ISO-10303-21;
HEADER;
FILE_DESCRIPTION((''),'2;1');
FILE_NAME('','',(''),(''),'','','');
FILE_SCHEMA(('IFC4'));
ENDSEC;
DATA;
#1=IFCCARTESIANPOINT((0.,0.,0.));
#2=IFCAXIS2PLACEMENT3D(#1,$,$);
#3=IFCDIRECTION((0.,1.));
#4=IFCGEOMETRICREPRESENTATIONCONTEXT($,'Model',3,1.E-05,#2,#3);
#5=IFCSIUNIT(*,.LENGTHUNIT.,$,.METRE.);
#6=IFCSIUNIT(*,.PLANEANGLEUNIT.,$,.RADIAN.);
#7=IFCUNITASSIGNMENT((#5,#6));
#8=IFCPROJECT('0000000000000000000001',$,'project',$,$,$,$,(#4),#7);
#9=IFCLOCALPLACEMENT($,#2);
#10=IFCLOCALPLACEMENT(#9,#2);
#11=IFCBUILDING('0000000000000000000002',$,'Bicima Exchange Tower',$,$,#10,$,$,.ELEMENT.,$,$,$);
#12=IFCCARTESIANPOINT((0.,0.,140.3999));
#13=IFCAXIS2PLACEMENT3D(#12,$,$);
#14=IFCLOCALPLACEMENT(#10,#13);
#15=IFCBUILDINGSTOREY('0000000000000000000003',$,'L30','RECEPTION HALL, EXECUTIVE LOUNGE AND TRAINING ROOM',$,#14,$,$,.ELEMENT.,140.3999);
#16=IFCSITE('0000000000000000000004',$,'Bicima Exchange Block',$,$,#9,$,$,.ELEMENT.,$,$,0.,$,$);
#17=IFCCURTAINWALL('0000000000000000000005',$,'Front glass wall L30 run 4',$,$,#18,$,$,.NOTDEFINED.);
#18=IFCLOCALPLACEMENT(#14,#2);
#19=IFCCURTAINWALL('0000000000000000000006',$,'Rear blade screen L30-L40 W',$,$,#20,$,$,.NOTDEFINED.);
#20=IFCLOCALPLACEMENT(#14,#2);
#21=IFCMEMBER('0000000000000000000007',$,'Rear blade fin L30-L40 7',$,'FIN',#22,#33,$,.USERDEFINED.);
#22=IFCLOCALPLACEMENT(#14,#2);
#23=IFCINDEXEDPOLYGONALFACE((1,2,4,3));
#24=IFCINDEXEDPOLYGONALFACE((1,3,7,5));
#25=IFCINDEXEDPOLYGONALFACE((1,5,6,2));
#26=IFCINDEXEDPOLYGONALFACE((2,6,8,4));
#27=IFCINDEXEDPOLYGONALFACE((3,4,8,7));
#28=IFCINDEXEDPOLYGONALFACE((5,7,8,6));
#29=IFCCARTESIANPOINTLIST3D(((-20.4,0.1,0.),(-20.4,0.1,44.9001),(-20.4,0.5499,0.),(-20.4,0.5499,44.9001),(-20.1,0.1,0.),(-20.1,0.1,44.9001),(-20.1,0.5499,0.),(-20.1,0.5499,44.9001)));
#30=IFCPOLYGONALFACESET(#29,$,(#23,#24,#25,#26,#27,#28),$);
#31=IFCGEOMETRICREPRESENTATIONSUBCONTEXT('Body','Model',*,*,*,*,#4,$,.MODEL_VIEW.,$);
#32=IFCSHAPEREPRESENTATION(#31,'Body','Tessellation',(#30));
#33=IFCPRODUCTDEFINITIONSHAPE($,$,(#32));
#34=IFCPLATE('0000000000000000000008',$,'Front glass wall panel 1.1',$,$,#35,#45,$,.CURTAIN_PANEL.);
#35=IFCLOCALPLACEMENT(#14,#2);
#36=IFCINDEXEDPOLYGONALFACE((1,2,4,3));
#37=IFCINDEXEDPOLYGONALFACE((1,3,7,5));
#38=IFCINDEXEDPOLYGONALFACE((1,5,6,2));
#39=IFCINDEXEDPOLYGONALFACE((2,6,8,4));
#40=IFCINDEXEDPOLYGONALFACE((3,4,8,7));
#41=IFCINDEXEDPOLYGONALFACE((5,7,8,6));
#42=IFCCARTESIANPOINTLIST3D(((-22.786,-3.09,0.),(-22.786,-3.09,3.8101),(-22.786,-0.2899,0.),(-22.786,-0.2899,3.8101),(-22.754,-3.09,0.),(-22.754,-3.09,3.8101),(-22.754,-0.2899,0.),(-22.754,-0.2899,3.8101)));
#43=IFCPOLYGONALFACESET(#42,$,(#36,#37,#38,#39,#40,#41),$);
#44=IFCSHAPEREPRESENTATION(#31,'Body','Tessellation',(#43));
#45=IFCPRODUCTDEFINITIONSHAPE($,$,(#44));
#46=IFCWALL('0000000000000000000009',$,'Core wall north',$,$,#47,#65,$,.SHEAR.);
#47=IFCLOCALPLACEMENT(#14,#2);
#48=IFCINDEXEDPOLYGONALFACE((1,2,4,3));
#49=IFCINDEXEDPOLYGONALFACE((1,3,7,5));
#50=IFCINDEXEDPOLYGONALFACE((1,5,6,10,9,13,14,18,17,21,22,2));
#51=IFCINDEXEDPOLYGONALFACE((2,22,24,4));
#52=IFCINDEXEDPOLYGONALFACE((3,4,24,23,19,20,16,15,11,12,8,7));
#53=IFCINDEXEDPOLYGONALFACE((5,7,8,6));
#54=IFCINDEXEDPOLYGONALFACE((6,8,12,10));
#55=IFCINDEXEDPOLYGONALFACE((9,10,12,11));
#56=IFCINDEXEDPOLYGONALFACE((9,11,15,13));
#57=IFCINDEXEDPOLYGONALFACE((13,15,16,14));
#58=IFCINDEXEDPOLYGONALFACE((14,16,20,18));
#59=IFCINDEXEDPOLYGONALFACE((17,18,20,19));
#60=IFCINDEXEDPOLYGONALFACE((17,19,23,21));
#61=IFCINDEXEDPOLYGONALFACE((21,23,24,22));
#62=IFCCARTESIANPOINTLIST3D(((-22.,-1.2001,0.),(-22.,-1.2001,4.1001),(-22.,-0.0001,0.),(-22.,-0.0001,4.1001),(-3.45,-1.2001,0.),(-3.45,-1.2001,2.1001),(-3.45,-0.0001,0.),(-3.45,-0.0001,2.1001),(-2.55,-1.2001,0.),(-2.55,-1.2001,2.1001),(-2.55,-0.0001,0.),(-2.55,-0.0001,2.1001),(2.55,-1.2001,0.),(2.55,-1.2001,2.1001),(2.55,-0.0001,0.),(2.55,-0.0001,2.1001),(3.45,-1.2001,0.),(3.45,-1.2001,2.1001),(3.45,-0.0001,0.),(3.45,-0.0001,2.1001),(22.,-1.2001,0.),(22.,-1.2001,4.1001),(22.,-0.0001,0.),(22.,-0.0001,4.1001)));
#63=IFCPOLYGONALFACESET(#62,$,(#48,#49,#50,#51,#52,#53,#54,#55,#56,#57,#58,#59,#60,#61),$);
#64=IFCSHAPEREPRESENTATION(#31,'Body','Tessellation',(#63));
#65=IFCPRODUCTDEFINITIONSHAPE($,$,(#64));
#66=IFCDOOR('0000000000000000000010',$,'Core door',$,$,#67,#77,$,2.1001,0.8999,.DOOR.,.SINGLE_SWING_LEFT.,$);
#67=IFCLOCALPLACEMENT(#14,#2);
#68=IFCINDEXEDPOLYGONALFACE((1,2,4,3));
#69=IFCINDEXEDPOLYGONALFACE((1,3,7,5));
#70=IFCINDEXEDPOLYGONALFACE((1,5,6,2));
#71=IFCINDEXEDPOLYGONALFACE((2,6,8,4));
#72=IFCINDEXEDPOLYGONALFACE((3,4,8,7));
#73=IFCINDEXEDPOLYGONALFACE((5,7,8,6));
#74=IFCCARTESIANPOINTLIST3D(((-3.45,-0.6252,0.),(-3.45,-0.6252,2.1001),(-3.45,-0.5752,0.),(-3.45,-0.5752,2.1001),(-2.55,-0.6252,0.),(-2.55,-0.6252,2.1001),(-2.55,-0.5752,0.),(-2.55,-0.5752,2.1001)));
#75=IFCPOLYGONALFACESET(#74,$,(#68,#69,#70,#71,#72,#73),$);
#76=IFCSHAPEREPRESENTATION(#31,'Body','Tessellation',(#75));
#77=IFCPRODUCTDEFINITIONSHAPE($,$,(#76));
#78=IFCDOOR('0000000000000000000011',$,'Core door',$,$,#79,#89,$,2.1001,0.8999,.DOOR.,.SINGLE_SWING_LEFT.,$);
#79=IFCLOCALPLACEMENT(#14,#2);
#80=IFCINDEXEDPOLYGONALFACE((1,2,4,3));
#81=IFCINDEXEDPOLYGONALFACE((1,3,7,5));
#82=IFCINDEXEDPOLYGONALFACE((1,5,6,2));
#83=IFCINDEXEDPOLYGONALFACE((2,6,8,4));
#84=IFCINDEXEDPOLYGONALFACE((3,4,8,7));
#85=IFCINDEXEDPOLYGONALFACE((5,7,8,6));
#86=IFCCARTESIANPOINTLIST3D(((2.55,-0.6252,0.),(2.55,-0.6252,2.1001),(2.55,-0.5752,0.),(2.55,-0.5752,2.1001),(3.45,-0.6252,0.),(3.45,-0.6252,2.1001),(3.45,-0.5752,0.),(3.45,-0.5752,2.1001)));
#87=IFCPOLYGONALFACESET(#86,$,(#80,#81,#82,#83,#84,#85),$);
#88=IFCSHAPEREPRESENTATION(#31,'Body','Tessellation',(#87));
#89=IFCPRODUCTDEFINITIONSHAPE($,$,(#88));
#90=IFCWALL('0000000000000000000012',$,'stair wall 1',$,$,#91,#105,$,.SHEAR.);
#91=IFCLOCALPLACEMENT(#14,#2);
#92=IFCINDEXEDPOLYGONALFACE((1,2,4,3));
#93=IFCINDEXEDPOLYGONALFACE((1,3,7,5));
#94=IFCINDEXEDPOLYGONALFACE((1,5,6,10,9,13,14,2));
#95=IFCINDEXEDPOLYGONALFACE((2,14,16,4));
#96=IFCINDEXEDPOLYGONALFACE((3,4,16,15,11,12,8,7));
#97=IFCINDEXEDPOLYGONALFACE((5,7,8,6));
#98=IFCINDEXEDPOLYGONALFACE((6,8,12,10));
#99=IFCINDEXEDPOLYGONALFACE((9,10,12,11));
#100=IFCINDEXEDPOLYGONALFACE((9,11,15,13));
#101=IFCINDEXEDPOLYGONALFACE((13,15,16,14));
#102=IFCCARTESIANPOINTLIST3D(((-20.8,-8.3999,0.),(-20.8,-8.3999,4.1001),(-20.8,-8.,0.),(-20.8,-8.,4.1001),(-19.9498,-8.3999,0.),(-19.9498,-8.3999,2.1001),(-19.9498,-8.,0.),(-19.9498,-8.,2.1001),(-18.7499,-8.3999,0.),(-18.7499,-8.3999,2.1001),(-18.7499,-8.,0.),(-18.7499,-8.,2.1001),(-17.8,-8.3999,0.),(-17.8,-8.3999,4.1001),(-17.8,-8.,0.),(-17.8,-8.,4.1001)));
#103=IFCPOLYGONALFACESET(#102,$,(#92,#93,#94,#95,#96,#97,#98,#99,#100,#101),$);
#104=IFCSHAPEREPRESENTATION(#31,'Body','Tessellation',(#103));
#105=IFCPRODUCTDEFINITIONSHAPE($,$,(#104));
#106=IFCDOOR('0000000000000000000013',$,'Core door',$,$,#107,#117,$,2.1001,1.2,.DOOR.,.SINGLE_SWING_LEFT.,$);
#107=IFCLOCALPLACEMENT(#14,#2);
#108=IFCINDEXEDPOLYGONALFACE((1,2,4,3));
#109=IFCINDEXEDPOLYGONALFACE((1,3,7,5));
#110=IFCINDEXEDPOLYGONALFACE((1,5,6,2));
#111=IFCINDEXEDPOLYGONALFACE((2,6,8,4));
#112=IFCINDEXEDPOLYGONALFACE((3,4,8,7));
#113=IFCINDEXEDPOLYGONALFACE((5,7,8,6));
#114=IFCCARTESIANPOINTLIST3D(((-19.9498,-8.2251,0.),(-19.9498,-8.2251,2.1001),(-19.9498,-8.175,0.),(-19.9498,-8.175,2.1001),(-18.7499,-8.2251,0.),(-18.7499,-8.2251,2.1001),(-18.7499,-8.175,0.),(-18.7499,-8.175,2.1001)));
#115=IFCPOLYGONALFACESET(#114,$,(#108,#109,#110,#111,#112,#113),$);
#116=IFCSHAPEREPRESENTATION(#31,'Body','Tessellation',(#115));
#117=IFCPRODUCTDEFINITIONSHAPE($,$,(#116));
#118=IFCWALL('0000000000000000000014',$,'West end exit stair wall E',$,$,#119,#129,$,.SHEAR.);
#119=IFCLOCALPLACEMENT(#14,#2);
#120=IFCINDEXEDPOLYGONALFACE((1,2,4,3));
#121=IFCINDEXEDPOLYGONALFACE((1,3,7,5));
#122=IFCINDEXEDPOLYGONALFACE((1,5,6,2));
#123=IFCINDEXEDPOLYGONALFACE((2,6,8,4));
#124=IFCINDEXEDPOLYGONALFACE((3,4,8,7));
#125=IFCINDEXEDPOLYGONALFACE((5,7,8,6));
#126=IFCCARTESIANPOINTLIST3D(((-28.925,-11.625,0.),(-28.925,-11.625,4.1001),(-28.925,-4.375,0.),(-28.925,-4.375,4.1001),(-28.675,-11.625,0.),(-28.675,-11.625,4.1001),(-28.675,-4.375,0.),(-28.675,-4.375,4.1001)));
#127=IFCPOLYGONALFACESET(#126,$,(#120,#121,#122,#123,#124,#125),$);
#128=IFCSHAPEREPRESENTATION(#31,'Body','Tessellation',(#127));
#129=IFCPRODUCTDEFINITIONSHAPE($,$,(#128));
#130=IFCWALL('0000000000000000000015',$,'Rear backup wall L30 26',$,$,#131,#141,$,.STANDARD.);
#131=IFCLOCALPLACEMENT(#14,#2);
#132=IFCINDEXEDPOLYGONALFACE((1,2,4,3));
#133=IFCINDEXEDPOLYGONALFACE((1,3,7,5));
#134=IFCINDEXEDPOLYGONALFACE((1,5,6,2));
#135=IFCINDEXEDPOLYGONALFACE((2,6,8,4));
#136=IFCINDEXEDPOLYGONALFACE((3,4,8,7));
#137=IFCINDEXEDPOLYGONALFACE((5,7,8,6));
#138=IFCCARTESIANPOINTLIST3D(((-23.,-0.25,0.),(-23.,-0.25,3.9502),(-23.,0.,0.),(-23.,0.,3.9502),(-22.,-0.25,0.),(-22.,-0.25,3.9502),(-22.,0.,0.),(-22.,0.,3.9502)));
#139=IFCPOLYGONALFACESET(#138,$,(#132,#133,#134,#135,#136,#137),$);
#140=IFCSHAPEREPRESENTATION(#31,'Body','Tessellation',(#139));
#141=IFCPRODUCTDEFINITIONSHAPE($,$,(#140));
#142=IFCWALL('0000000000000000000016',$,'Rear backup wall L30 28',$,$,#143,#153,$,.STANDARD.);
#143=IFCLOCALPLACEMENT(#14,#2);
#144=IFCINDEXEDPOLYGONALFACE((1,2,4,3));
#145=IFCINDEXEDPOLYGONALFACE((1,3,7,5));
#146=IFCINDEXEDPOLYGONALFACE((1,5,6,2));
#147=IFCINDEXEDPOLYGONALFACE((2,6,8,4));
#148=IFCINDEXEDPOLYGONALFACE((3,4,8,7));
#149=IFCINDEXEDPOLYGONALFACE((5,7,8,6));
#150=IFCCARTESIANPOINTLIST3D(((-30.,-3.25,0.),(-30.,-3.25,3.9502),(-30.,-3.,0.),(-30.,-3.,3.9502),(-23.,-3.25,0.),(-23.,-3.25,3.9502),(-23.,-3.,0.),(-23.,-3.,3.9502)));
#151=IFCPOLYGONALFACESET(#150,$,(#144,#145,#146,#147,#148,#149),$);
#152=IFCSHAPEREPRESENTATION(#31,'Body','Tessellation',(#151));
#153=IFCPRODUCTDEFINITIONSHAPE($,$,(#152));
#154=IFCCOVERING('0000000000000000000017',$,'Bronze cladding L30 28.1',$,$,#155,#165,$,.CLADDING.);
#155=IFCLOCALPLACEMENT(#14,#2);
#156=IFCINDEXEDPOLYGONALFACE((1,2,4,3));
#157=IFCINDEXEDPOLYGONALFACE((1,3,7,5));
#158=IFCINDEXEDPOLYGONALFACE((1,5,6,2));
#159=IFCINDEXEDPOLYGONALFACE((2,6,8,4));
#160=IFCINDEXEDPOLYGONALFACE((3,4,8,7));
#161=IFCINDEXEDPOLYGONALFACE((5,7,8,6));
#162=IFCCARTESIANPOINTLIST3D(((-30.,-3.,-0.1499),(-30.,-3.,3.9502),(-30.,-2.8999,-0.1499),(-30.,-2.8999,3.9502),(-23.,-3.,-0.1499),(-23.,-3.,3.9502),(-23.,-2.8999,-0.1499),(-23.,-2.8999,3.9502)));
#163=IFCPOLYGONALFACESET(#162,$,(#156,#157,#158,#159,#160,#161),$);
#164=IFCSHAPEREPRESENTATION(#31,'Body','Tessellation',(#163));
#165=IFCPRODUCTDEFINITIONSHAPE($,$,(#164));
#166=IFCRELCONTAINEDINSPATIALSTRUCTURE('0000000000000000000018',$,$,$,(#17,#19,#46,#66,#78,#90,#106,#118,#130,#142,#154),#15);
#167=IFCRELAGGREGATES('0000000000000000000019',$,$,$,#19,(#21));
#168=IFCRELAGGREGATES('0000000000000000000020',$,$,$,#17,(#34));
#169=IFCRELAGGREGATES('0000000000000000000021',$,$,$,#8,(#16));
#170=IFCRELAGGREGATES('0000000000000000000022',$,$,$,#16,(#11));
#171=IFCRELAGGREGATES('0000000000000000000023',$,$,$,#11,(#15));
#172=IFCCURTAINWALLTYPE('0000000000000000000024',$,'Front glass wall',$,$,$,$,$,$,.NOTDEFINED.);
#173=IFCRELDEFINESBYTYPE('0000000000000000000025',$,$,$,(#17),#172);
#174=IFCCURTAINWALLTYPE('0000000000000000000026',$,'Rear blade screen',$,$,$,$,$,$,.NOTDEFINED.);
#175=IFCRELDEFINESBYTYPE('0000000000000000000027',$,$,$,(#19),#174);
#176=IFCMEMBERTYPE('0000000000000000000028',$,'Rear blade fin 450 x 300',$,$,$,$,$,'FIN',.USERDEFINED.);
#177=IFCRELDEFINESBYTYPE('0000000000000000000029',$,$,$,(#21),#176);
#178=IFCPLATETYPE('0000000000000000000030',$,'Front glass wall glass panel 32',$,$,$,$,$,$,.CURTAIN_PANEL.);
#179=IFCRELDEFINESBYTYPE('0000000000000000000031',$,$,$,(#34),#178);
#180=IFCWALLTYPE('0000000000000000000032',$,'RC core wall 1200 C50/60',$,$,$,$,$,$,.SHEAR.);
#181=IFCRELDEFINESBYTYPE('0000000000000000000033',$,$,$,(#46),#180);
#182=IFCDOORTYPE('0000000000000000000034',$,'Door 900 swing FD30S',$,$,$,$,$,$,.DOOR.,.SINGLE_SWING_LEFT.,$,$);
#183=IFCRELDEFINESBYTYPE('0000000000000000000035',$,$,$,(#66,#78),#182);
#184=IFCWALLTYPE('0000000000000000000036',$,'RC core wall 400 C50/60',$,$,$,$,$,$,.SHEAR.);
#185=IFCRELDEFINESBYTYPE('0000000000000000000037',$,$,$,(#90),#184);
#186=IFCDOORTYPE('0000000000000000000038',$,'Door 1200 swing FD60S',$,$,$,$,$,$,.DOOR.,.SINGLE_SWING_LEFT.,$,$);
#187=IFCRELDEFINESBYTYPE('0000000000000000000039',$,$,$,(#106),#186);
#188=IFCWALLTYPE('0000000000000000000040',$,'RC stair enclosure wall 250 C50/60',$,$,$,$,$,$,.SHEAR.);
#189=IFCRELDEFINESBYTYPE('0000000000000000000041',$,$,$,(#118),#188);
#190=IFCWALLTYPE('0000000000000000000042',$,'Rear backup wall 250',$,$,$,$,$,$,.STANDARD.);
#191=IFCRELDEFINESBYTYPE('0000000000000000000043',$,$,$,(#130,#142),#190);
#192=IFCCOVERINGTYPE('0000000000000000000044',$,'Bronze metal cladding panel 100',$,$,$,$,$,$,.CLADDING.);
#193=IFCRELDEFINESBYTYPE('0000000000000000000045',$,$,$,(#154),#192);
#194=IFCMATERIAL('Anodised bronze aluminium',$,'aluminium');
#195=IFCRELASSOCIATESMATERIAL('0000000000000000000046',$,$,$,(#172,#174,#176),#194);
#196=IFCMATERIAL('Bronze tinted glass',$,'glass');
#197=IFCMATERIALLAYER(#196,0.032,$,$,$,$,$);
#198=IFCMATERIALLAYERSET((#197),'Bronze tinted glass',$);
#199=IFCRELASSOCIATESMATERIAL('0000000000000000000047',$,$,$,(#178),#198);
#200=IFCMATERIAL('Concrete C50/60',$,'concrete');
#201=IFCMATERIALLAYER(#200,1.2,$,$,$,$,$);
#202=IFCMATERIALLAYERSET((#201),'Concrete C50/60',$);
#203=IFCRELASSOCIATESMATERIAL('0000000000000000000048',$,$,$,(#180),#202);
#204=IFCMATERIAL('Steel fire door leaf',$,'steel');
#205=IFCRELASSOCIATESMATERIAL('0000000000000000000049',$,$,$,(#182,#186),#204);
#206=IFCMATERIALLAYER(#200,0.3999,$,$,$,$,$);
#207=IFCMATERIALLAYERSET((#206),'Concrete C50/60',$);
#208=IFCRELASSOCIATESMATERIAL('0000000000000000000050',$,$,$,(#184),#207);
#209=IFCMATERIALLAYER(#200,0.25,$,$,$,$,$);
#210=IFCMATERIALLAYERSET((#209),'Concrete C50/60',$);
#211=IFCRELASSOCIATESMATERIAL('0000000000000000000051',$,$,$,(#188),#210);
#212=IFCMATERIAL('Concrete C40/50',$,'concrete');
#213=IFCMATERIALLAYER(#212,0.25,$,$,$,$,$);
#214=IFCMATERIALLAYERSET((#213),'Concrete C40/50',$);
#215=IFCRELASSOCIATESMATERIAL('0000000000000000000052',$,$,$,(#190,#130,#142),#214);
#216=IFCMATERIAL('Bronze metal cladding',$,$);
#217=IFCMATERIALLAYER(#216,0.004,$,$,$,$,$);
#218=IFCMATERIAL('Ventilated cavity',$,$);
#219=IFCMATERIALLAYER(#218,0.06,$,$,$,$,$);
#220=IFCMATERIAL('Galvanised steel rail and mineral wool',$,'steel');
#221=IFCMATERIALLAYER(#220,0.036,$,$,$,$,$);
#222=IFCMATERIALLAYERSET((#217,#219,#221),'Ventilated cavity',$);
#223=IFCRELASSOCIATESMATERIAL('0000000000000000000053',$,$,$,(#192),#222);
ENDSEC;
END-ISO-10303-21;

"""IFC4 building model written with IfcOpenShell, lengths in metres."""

from ifc_helpers import new_model, si_unit, direction, frame, frame_2d, origin, origin_2d, place, context, subcontext, project, spatial, rectangle, extrude, material, layer, layer_set, layer_usage, material_profile, profile_set, type_object, element, fill, aggregate, save


model = new_model("IFC4")

# Units and contexts
model_context = context("Model", 3, precision=1e-05, world=origin(), true_north=direction((0.0, 1.0)))
body_context = subcontext(model_context, "Body", "Model", "MODEL_VIEW")
ifc_project = project(units=[si_unit("LENGTHUNIT", "METRE"), si_unit("PLANEANGLEUNIT", "RADIAN")], contexts=[model_context])

# Site, building, storey
site_placement = place(None, origin())
site = spatial("IfcSite", under=ifc_project, at=site_placement, Name="Bicima Exchange Block", CompositionType="ELEMENT", RefElevation=0.0)
building_placement = place(site_placement, origin())
building = spatial("IfcBuilding", under=site, at=building_placement, Name="Bicima Exchange Tower", CompositionType="ELEMENT")
storey_placement = place(building_placement, frame((0.0, 0.0, 140.3999)))
storey = spatial("IfcBuildingStorey", under=building, at=storey_placement, Name="L30", Description="RECEPTION HALL, EXECUTIVE LOUNGE AND TRAINING ROOM", CompositionType="ELEMENT", Elevation=140.3999)

# Curtain wall
ifc_material_1 = material(Name="Anodised bronze aluminium", Category="aluminium")
curtain_wall_type_1 = type_object("IfcCurtainWallType", Name="Front glass wall", PredefinedType="NOTDEFINED", material=ifc_material_1)
curtain_wall_1_placement = place(storey_placement, origin())
curtain_wall_1 = element("IfcCurtainWall", 1, at=curtain_wall_1_placement, inside=storey, type_object=curtain_wall_type_1, Name="Front glass wall L30 run 4", PredefinedType="NOTDEFINED")

# Curtain wall, member
curtain_wall_type_2 = type_object("IfcCurtainWallType", Name="Rear blade screen", PredefinedType="NOTDEFINED", material=ifc_material_1)
curtain_wall_2_placement = place(storey_placement, origin())
curtain_wall_2 = element("IfcCurtainWall", 2, at=curtain_wall_2_placement, inside=storey, type_object=curtain_wall_type_2, Name="Rear blade screen L30-L40 W", PredefinedType="NOTDEFINED")
ifc_material_profile_1 = material_profile(ifc_material_1, rectangle(XDim=0.45, YDim=0.3, at=origin_2d()))
ifc_profile_set_1 = profile_set([ifc_material_profile_1], Name="Anodised bronze aluminium")
member_type_1 = type_object("IfcMemberType", Name="Rear blade fin 450 x 300", ElementType="FIN", PredefinedType="USERDEFINED", material=ifc_profile_set_1)
member_1_placement = place(storey_placement, frame((-20.25, 0.325, 0.0), z_axis=(0.0, 0.0, 1.0), x_axis=(0.0, 1.0, 0.0)))
member_1 = element("IfcMember", 3, at=member_1_placement, type_object=member_type_1, Name="Rear blade fin L30-L40 7", ObjectType="FIN", PredefinedType="USERDEFINED", context=body_context, shape_type="SweptSolid", body=[
    extrude(rectangle(XDim=0.45, YDim=0.3, at=origin_2d()), origin(), (0.0, 0.0, 1.0), 44.9001),
])
aggregate(curtain_wall_2, [member_1])

# Plate
ifc_material_2 = material(Name="Bronze tinted glass", Category="glass")
ifc_layer_1 = layer(ifc_material_2, 0.032)
ifc_layer_set_1 = layer_set([ifc_layer_1], Name="Bronze tinted glass")
plate_type = type_object("IfcPlateType", Name="Front glass wall glass panel 32", PredefinedType="CURTAIN_PANEL", material=ifc_layer_set_1)
plate_placement = place(storey_placement, frame((-22.77, -1.6899, 0.0), z_axis=(0.0, 0.0, 1.0), x_axis=(0.0, -1.0, 0.0)))
plate = element("IfcPlate", 4, at=plate_placement, type_object=plate_type, Name="Front glass wall panel 1.1", PredefinedType="CURTAIN_PANEL", context=body_context, shape_type="SweptSolid", body=[
    extrude(rectangle(XDim=2.8, YDim=0.032, at=origin_2d()), origin(), (0.0, 0.0, 1.0), 3.8101),
])
aggregate(curtain_wall_1, [plate])

# Wall, openings, doors
ifc_material_3 = material(Name="Concrete C50/60", Category="concrete")
ifc_layer_2 = layer(ifc_material_3, 1.2)
ifc_layer_set_2 = layer_set([ifc_layer_2], Name="Concrete C50/60")
wall_type_1 = type_object("IfcWallType", Name="RC core wall 1200 C50/60", PredefinedType="SHEAR", material=ifc_layer_set_2)
wall_1_placement = place(storey_placement, frame((-22.0, -0.6001, 0.0), z_axis=(0.0, 0.0, 1.0), x_axis=(1.0, 0.0, 0.0)))
wall_1 = element("IfcWall", 5, at=wall_1_placement, inside=storey, type_object=wall_type_1, Name="Core wall north", PredefinedType="SHEAR", context=body_context, shape_type="SweptSolid", body=[
    extrude(rectangle(XDim=44.0, YDim=1.2, at=frame_2d((22.0, 0.0))), origin(), (0.0, 0.0, 1.0), 4.1001),
])
opening_1_placement = place(wall_1_placement, frame((18.55, 0.0, 0.0)))
opening_1 = element("IfcOpeningElement", 6, at=opening_1_placement, cuts=wall_1, PredefinedType="OPENING", context=body_context, shape_type="SweptSolid", body=[
    extrude(rectangle(XDim=0.8999, YDim=2.1001, at=frame_2d((0.45, 1.05))), frame((0.0, 0.6118, 0.0), z_axis=(0.0, -1.0, 0.0), x_axis=(1.0, 0.0, 0.0)), (0.0, 0.0, 1.0), 1.2239),
])
opening_2_placement = place(wall_1_placement, frame((24.55, 0.0, 0.0)))
opening_2 = element("IfcOpeningElement", 7, at=opening_2_placement, cuts=wall_1, PredefinedType="OPENING", context=body_context, shape_type="SweptSolid", body=[
    extrude(rectangle(XDim=0.8999, YDim=2.1001, at=frame_2d((0.45, 1.05))), frame((0.0, 0.6118, 0.0), z_axis=(0.0, -1.0, 0.0), x_axis=(1.0, 0.0, 0.0)), (0.0, 0.0, 1.0), 1.2239),
])
ifc_material_4 = material(Name="Steel fire door leaf", Category="steel")
door_type_1 = type_object("IfcDoorType", Name="Door 900 swing FD30S", OperationType="SINGLE_SWING_LEFT", PredefinedType="DOOR", material=ifc_material_4)
door_1_placement = place(opening_1_placement, origin())
door_1 = element("IfcDoor", 8, at=door_1_placement, inside=storey, type_object=door_type_1, Name="Core door", OperationType="SINGLE_SWING_LEFT", OverallHeight=2.1001, OverallWidth=0.8999, PredefinedType="DOOR", context=body_context, shape_type="SweptSolid", body=[
    extrude(rectangle(XDim=0.8999, YDim=2.1001, at=frame_2d((0.45, 1.05))), frame((0.0, 0.0249, 0.0), z_axis=(0.0, -1.0, 0.0), x_axis=(1.0, 0.0, 0.0)), (0.0, 0.0, 1.0), 0.05),
])
fill(opening_1, door_1)
door_2_placement = place(opening_2_placement, origin())
door_2 = element("IfcDoor", 9, at=door_2_placement, inside=storey, type_object=door_type_1, Name="Core door", OperationType="SINGLE_SWING_LEFT", OverallHeight=2.1001, OverallWidth=0.8999, PredefinedType="DOOR", context=body_context, shape_type="SweptSolid", body=[
    extrude(rectangle(XDim=0.8999, YDim=2.1001, at=frame_2d((0.45, 1.05))), frame((0.0, 0.0249, 0.0), z_axis=(0.0, -1.0, 0.0), x_axis=(1.0, 0.0, 0.0)), (0.0, 0.0, 1.0), 0.05),
])
fill(opening_2, door_2)

# Wall, opening, door
ifc_layer_3 = layer(ifc_material_3, 0.3999)
ifc_layer_set_3 = layer_set([ifc_layer_3], Name="Concrete C50/60")
wall_type_2 = type_object("IfcWallType", Name="RC core wall 400 C50/60", PredefinedType="SHEAR", material=ifc_layer_set_3)
wall_2_placement = place(storey_placement, frame((-20.8, -8.2, 0.0), z_axis=(0.0, 0.0, 1.0), x_axis=(1.0, 0.0, 0.0)))
wall_2 = element("IfcWall", 10, at=wall_2_placement, inside=storey, type_object=wall_type_2, Name="stair wall 1", PredefinedType="SHEAR", context=body_context, shape_type="SweptSolid", body=[
    extrude(rectangle(XDim=3.0, YDim=0.3999, at=frame_2d((1.5, 0.0))), origin(), (0.0, 0.0, 1.0), 4.1001),
])
opening_3_placement = place(wall_2_placement, frame((0.8501, 0.0, 0.0)))
opening_3 = element("IfcOpeningElement", 11, at=opening_3_placement, cuts=wall_2, PredefinedType="OPENING", context=body_context, shape_type="SweptSolid", body=[
    extrude(rectangle(XDim=1.2, YDim=2.1001, at=frame_2d((0.6001, 1.05))), frame((0.0, 0.2119, 0.0), z_axis=(0.0, -1.0, 0.0), x_axis=(1.0, 0.0, 0.0)), (0.0, 0.0, 1.0), 0.4238),
])
door_type_2 = type_object("IfcDoorType", Name="Door 1200 swing FD60S", OperationType="SINGLE_SWING_LEFT", PredefinedType="DOOR", material=ifc_material_4)
door_3_placement = place(opening_3_placement, origin())
door_3 = element("IfcDoor", 12, at=door_3_placement, inside=storey, type_object=door_type_2, Name="Core door", OperationType="SINGLE_SWING_LEFT", OverallHeight=2.1001, OverallWidth=1.2, PredefinedType="DOOR", context=body_context, shape_type="SweptSolid", body=[
    extrude(rectangle(XDim=1.2, YDim=2.1001, at=frame_2d((0.6001, 1.05))), frame((0.0, 0.0249, 0.0), z_axis=(0.0, -1.0, 0.0), x_axis=(1.0, 0.0, 0.0)), (0.0, 0.0, 1.0), 0.05),
])
fill(opening_3, door_3)

# Walls
ifc_layer_4 = layer(ifc_material_3, 0.25)
ifc_layer_set_4 = layer_set([ifc_layer_4], Name="Concrete C50/60")
wall_type_3 = type_object("IfcWallType", Name="RC stair enclosure wall 250 C50/60", PredefinedType="SHEAR", material=ifc_layer_set_4)
wall_3_placement = place(storey_placement, frame((-28.8, -11.625, 0.0), z_axis=(0.0, 0.0, 1.0), x_axis=(0.0, 1.0, 0.0)))
element("IfcWall", 13, at=wall_3_placement, inside=storey, type_object=wall_type_3, Name="West end exit stair wall E", PredefinedType="SHEAR", context=body_context, shape_type="SweptSolid", body=[
    extrude(rectangle(XDim=7.25, YDim=0.25, at=frame_2d((3.625, 0.0))), origin(), (0.0, 0.0, 1.0), 4.1001),
])
ifc_material_5 = material(Name="Concrete C40/50", Category="concrete")
ifc_layer_5 = layer(ifc_material_5, 0.25)
ifc_layer_set_5 = layer_set([ifc_layer_5], Name="Concrete C40/50")
ifc_layer_usage = layer_usage(ifc_layer_set_5, "AXIS2", "POSITIVE", -0.125)
wall_type_4 = type_object("IfcWallType", Name="Rear backup wall 250", PredefinedType="STANDARD", material=ifc_layer_set_5)
wall_4_placement = place(storey_placement, frame((-22.0, -0.125, 0.0), z_axis=(0.0, 0.0, 1.0), x_axis=(-1.0, 0.0, 0.0)))
element("IfcWall", 14, at=wall_4_placement, inside=storey, type_object=wall_type_4, material=ifc_layer_usage, Name="Rear backup wall L30 26", PredefinedType="STANDARD", context=body_context, shape_type="SweptSolid", body=[
    extrude(rectangle(XDim=1.0, YDim=0.25, at=frame_2d((0.5, 0.0))), origin(), (0.0, 0.0, 1.0), 3.9502),
])
wall_5_placement = place(storey_placement, frame((-23.0, -3.125, 0.0), z_axis=(0.0, 0.0, 1.0), x_axis=(-1.0, 0.0, 0.0)))
element("IfcWall", 15, at=wall_5_placement, inside=storey, type_object=wall_type_4, material=ifc_layer_usage, Name="Rear backup wall L30 28", PredefinedType="STANDARD", context=body_context, shape_type="SweptSolid", body=[
    extrude(rectangle(XDim=7.0, YDim=0.25, at=frame_2d((3.5, 0.0))), origin(), (0.0, 0.0, 1.0), 3.9502),
])

# Covering
ifc_material_6 = material(Name="Bronze metal cladding")
ifc_layer_6 = layer(ifc_material_6, 0.004)
ifc_material_7 = material(Name="Ventilated cavity")
ifc_layer_7 = layer(ifc_material_7, 0.06)
ifc_material_8 = material(Name="Galvanised steel rail and mineral wool", Category="steel")
ifc_layer_8 = layer(ifc_material_8, 0.036)
ifc_layer_set_6 = layer_set([ifc_layer_6, ifc_layer_7, ifc_layer_8], Name="Ventilated cavity")
covering_type = type_object("IfcCoveringType", Name="Bronze metal cladding panel 100", PredefinedType="CLADDING", material=ifc_layer_set_6)
covering_placement = place(storey_placement, frame((-26.5, -2.95, -0.1499), z_axis=(0.0, 0.0, 1.0), x_axis=(-1.0, 0.0, 0.0)))
element("IfcCovering", 16, at=covering_placement, inside=storey, type_object=covering_type, Name="Bronze cladding L30 28.1", PredefinedType="CLADDING", context=body_context, shape_type="SweptSolid", body=[
    extrude(rectangle(XDim=7.0, YDim=0.1001, at=origin_2d()), origin(), (0.0, 0.0, 1.0), 4.1001),
])

save(model, "model.ifc")
